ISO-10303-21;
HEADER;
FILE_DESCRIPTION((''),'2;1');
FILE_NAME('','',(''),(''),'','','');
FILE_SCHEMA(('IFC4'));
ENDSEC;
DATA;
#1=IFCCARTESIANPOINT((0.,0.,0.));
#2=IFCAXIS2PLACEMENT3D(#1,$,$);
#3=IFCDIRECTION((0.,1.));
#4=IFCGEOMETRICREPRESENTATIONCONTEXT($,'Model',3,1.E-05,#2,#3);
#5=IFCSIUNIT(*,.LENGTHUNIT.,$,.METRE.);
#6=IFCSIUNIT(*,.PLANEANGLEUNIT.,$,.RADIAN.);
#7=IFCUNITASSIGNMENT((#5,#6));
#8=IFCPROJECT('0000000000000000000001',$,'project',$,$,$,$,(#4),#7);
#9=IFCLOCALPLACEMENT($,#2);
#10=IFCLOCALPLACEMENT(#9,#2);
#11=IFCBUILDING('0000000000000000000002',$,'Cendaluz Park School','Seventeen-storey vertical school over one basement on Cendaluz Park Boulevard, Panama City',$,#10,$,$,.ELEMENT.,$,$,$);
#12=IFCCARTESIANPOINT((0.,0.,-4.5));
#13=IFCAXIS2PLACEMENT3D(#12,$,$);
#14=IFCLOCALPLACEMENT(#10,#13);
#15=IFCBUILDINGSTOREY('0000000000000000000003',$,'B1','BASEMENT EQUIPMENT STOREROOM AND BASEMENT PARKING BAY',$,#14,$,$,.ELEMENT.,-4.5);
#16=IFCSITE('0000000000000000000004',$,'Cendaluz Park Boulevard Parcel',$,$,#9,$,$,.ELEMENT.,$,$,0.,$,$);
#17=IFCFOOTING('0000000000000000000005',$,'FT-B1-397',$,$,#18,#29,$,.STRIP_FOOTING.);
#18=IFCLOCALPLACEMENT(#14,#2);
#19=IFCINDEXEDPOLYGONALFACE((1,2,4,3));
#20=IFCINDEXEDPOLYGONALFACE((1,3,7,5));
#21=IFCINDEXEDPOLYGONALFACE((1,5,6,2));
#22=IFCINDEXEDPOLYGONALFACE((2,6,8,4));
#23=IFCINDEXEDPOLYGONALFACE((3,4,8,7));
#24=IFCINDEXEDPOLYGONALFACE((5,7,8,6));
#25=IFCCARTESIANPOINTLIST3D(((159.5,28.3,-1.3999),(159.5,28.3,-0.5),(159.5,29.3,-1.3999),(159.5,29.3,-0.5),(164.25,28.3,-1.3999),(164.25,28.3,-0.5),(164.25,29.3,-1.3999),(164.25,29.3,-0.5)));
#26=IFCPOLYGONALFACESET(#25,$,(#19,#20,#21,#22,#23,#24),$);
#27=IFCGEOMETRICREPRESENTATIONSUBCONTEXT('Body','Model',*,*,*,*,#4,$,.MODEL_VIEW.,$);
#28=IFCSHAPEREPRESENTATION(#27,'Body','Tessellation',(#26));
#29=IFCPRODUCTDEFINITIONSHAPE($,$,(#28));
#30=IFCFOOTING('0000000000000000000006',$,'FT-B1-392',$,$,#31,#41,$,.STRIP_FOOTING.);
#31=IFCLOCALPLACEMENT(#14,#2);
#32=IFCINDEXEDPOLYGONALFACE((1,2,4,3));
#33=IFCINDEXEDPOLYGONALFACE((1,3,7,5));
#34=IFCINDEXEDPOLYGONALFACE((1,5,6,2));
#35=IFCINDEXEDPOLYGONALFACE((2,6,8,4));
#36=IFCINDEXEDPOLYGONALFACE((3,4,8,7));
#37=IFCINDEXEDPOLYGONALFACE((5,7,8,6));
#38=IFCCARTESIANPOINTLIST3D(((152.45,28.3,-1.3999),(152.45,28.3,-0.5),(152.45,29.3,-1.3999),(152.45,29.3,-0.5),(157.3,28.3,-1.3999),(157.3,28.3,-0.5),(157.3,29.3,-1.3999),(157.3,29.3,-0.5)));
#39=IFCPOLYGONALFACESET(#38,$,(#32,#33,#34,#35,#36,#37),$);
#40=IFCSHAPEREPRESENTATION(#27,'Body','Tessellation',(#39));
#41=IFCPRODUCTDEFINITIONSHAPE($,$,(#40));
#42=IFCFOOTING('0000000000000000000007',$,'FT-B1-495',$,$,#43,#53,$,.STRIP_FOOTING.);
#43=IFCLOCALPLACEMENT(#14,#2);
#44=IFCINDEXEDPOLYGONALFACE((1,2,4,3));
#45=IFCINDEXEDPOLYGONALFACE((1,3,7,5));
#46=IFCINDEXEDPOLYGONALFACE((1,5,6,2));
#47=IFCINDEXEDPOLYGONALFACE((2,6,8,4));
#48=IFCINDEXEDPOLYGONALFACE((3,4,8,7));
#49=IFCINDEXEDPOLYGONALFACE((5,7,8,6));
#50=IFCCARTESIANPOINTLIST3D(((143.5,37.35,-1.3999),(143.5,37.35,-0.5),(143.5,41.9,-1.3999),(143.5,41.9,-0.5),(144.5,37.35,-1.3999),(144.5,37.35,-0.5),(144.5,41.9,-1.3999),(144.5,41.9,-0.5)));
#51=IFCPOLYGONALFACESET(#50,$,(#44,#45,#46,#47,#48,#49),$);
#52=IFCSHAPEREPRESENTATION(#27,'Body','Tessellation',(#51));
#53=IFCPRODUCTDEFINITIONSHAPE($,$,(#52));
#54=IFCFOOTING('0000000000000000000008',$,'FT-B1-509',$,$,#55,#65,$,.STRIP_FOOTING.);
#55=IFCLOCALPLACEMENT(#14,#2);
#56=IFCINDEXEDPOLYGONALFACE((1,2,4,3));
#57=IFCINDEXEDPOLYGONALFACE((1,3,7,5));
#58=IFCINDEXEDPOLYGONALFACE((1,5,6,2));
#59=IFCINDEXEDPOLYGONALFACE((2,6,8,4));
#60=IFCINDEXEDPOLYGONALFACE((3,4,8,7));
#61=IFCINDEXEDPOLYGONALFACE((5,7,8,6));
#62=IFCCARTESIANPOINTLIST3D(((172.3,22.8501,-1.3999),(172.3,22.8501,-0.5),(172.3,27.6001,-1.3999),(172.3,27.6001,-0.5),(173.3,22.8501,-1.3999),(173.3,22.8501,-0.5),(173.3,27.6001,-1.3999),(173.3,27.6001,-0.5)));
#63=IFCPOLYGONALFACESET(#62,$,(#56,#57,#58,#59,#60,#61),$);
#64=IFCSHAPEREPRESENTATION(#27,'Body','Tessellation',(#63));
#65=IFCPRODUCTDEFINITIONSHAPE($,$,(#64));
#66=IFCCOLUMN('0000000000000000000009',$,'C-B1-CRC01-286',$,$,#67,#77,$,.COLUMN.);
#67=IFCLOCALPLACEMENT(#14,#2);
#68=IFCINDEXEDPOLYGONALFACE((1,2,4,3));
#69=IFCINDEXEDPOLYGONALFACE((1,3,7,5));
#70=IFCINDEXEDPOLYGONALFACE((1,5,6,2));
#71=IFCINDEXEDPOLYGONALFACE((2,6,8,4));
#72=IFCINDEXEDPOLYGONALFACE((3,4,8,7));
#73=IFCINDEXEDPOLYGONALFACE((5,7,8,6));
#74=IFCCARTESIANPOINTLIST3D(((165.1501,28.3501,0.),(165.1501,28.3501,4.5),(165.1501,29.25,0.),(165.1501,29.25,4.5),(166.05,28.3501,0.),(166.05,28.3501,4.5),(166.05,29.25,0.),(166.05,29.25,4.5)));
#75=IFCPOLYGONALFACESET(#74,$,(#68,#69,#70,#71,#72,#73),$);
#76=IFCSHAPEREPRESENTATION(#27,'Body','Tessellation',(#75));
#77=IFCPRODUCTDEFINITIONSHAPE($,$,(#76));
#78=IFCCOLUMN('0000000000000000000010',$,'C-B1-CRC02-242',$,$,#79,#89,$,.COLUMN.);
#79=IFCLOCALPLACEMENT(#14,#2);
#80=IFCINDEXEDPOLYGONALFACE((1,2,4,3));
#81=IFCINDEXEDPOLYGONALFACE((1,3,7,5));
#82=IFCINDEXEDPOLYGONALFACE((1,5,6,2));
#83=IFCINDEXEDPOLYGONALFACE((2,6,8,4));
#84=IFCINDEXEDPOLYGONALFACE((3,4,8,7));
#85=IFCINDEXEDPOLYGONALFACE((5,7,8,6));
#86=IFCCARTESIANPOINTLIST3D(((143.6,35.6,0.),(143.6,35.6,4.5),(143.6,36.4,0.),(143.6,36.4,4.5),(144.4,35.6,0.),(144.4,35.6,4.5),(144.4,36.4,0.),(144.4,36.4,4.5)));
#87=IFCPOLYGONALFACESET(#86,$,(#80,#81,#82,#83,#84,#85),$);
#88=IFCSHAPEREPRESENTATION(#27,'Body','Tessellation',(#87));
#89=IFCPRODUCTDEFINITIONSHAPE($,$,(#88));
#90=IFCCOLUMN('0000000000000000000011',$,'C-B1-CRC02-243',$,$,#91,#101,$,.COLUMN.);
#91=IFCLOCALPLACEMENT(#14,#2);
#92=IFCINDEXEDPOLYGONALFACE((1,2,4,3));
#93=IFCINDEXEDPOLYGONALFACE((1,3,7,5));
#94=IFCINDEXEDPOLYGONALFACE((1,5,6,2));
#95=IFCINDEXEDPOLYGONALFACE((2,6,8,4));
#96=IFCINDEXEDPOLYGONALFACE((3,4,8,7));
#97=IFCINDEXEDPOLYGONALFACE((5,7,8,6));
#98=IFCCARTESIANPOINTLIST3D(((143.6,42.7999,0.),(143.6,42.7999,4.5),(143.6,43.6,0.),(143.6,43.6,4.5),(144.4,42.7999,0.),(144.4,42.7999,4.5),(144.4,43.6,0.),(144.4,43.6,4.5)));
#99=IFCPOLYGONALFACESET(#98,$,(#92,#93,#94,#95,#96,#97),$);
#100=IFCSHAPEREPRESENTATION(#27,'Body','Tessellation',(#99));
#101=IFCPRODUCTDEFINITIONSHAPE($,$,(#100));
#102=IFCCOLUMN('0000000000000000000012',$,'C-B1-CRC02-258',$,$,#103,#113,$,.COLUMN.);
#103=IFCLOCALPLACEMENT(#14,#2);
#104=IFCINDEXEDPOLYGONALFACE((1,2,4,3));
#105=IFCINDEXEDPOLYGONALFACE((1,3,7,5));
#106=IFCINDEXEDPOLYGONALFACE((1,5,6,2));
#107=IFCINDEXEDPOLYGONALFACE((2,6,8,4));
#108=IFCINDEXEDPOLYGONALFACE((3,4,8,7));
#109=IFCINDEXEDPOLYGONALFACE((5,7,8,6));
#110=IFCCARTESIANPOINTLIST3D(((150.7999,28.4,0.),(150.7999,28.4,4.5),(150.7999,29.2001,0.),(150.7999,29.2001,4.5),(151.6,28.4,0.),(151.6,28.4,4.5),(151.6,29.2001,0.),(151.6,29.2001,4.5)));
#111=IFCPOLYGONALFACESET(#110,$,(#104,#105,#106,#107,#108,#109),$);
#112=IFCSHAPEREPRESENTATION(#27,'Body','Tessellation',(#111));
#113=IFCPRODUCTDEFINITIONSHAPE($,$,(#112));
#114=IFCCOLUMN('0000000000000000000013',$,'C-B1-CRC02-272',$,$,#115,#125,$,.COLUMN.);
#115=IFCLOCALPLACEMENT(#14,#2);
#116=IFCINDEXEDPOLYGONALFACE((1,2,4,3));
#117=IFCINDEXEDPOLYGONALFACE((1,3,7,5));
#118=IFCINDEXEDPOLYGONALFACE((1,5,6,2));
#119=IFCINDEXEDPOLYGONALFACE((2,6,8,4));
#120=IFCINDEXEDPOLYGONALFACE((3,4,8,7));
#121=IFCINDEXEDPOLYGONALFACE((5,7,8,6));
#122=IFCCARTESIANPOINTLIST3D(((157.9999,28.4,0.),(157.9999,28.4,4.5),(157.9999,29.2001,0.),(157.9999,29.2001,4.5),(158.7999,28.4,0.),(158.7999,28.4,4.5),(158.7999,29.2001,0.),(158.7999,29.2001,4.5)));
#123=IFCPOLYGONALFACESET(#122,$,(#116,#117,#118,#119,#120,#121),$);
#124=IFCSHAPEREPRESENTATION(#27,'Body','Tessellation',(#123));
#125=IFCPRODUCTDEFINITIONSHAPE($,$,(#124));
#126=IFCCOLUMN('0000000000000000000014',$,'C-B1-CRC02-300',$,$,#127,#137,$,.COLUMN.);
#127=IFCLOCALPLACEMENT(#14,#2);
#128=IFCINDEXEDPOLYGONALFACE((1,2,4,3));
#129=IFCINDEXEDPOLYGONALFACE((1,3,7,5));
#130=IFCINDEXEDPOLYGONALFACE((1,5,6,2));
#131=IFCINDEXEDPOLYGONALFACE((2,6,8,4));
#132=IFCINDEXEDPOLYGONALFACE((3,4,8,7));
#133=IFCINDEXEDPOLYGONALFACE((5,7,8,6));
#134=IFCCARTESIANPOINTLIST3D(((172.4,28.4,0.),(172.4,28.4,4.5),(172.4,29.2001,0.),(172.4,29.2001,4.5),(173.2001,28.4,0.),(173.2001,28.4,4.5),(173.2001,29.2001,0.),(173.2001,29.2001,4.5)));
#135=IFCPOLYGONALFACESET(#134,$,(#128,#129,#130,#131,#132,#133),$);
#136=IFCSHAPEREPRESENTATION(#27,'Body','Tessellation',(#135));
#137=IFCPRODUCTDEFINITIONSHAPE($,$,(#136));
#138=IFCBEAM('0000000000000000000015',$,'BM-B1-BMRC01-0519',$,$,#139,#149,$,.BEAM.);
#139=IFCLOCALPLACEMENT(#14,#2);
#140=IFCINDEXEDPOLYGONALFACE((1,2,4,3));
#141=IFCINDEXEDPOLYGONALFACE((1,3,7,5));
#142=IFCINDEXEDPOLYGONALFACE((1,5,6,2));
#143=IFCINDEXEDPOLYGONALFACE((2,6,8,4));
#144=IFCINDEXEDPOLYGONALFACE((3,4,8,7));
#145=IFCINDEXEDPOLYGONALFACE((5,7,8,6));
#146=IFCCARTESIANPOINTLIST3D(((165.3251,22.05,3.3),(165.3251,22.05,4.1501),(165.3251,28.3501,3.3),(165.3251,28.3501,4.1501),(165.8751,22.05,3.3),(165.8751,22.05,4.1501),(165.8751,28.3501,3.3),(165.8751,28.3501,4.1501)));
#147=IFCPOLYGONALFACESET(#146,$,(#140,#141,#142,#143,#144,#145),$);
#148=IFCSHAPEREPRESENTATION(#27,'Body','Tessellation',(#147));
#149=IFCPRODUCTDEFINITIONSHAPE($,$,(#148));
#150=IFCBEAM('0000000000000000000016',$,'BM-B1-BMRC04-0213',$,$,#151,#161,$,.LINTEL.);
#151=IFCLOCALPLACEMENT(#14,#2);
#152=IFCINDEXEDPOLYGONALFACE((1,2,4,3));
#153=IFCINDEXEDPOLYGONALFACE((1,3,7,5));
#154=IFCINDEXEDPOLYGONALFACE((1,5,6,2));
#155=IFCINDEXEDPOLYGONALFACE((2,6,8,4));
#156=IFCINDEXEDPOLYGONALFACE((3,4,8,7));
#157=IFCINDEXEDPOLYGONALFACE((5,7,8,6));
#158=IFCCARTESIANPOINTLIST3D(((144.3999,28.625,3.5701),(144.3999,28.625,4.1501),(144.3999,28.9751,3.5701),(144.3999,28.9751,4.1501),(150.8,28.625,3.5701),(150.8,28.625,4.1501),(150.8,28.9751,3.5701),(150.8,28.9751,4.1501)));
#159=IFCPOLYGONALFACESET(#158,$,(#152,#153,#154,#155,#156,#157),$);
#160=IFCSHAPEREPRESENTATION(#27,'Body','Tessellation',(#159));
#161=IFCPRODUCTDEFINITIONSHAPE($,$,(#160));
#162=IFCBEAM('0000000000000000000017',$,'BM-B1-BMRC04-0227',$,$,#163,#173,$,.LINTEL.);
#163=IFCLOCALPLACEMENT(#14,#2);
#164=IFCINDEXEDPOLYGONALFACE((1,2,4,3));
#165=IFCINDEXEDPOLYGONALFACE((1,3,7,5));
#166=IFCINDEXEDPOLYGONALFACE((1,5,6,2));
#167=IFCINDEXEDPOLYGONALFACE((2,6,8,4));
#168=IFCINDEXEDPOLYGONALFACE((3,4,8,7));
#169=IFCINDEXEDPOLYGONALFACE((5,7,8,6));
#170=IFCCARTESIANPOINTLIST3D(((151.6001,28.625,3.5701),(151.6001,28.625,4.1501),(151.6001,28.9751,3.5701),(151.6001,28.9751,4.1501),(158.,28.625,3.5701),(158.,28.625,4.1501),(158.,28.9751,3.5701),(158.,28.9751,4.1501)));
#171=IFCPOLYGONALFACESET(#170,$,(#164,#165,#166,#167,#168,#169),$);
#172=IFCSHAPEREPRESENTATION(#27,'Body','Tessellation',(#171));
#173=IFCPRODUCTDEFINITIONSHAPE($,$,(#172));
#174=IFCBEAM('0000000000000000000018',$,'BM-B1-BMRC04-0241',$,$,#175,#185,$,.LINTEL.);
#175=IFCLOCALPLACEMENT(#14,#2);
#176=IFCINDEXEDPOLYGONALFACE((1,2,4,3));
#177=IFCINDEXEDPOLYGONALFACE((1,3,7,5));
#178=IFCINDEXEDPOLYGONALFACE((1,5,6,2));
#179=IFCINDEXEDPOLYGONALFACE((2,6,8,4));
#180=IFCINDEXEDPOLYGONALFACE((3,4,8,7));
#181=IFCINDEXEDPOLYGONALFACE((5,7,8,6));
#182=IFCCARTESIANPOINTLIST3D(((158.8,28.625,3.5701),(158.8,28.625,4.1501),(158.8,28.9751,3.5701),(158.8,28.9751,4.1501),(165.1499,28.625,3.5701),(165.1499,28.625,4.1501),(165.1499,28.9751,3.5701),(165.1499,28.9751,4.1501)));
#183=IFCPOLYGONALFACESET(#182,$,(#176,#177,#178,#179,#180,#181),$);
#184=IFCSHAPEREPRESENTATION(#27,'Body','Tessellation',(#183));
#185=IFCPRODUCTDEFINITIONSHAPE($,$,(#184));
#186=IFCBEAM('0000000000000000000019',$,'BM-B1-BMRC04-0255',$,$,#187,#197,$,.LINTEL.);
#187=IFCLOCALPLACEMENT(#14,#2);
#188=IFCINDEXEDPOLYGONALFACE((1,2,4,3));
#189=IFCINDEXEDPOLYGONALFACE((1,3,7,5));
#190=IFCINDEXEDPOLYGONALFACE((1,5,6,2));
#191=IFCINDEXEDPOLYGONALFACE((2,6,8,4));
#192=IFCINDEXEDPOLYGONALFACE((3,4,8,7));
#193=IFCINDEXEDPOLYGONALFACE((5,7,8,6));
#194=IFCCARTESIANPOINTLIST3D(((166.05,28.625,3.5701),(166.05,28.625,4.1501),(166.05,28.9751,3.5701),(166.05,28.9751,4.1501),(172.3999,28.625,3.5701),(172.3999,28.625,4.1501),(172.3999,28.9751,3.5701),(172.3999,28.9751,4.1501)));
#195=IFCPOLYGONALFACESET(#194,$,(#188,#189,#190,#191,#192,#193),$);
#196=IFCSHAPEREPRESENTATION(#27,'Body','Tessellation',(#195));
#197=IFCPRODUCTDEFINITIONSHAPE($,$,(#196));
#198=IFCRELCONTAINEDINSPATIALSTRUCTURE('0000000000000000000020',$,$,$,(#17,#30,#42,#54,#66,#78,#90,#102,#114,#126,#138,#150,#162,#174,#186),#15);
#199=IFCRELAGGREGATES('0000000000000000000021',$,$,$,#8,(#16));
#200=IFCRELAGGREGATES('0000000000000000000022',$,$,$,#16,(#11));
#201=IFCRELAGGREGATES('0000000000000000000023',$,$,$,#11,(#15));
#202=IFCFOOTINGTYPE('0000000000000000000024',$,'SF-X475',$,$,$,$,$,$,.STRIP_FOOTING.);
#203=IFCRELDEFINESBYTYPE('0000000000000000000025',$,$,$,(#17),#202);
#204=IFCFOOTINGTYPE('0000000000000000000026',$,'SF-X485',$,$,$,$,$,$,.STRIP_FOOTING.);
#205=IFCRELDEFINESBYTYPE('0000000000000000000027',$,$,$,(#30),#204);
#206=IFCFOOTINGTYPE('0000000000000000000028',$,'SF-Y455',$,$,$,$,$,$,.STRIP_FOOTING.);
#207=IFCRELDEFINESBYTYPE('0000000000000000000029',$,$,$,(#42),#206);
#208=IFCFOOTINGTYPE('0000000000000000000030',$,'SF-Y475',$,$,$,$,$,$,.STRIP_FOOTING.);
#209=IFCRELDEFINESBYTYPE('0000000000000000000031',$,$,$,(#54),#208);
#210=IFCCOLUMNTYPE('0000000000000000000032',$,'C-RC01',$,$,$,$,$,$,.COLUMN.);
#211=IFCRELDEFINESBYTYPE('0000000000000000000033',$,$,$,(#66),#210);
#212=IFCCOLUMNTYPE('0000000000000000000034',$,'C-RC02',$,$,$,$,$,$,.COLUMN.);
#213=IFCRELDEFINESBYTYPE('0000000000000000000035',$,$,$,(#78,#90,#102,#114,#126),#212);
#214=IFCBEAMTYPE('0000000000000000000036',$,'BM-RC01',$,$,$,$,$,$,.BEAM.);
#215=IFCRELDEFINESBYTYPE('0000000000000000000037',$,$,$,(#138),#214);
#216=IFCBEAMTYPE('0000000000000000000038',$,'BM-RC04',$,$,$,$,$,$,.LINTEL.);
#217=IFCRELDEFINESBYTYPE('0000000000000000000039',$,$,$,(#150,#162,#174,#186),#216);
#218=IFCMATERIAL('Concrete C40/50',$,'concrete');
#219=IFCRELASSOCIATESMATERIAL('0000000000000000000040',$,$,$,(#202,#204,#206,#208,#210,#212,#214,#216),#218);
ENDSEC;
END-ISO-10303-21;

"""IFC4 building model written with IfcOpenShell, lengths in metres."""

from ifc_helpers import new_model, si_unit, direction, frame, origin, origin_2d, place, context, subcontext, project, spatial, rectangle, extrude, material, material_profile, profile_set, type_object, element, save


model = new_model("IFC4")

# Units and contexts
model_context = context("Model", 3, precision=1e-05, world=origin(), true_north=direction((0.0, 1.0)))
body_context = subcontext(model_context, "Body", "Model", "MODEL_VIEW")
ifc_project = project(units=[si_unit("LENGTHUNIT", "METRE"), si_unit("PLANEANGLEUNIT", "RADIAN")], contexts=[model_context])

# Site, building, storey
site_placement = place(None, origin())
site = spatial("IfcSite", under=ifc_project, at=site_placement, Name="Cendaluz Park Boulevard Parcel", CompositionType="ELEMENT", RefElevation=0.0)
building_placement = place(site_placement, origin())
building = spatial("IfcBuilding", under=site, at=building_placement, Name="Cendaluz Park School", Description="Seventeen-storey vertical school over one basement on Cendaluz Park Boulevard, Panama City", CompositionType="ELEMENT")
storey_placement = place(building_placement, frame((0.0, 0.0, -4.5)))
storey = spatial("IfcBuildingStorey", under=building, at=storey_placement, Name="B1", Description="BASEMENT EQUIPMENT STOREROOM AND BASEMENT PARKING BAY", CompositionType="ELEMENT", Elevation=-4.5)

# Shared definitions
ifc_material_1 = material(Name="Concrete C40/50", Category="concrete")

# Footings
footing_type_1 = type_object("IfcFootingType", Name="SF-X475", PredefinedType="STRIP_FOOTING", material=ifc_material_1)
footing_1_placement = place(storey_placement, frame((161.875, 28.8, -1.3999), z_axis=(0.0, 0.0, 1.0), x_axis=(1.0, 0.0, 0.0)))
element("IfcFooting", 1, at=footing_1_placement, inside=storey, type_object=footing_type_1, Name="FT-B1-397", PredefinedType="STRIP_FOOTING", context=body_context, shape_type="SweptSolid", body=[
    extrude(rectangle(XDim=4.75, YDim=1.0, at=origin_2d()), origin(), (0.0, 0.0, 1.0), 0.8999),
])
footing_type_2 = type_object("IfcFootingType", Name="SF-X485", PredefinedType="STRIP_FOOTING", material=ifc_material_1)
footing_2_placement = place(storey_placement, frame((154.875, 28.8, -1.3999), z_axis=(0.0, 0.0, 1.0), x_axis=(1.0, 0.0, 0.0)))
element("IfcFooting", 2, at=footing_2_placement, inside=storey, type_object=footing_type_2, Name="FT-B1-392", PredefinedType="STRIP_FOOTING", context=body_context, shape_type="SweptSolid", body=[
    extrude(rectangle(XDim=4.8501, YDim=1.0, at=origin_2d()), origin(), (0.0, 0.0, 1.0), 0.8999),
])
footing_type_3 = type_object("IfcFootingType", Name="SF-Y455", PredefinedType="STRIP_FOOTING", material=ifc_material_1)
footing_3_placement = place(storey_placement, frame((144.0, 39.625, -1.3999), z_axis=(0.0, 0.0, 1.0), x_axis=(1.0, 0.0, 0.0)))
element("IfcFooting", 3, at=footing_3_placement, inside=storey, type_object=footing_type_3, Name="FT-B1-495", PredefinedType="STRIP_FOOTING", context=body_context, shape_type="SweptSolid", body=[
    extrude(rectangle(XDim=1.0, YDim=4.55, at=origin_2d()), origin(), (0.0, 0.0, 1.0), 0.8999),
])
footing_type_4 = type_object("IfcFootingType", Name="SF-Y475", PredefinedType="STRIP_FOOTING", material=ifc_material_1)
footing_4_placement = place(storey_placement, frame((172.8, 25.2251, -1.3999), z_axis=(0.0, 0.0, 1.0), x_axis=(1.0, 0.0, 0.0)))
element("IfcFooting", 4, at=footing_4_placement, inside=storey, type_object=footing_type_4, Name="FT-B1-509", PredefinedType="STRIP_FOOTING", context=body_context, shape_type="SweptSolid", body=[
    extrude(rectangle(XDim=1.0, YDim=4.75, at=origin_2d()), origin(), (0.0, 0.0, 1.0), 0.8999),
])

# Columns
ifc_material_profile_1 = material_profile(ifc_material_1, rectangle(XDim=0.8999, YDim=0.8999, at=origin_2d()), Name="RC 900x900", Category="concrete")
ifc_profile_set_1 = profile_set([ifc_material_profile_1], Name="Concrete C40/50")
column_type_1 = type_object("IfcColumnType", Name="C-RC01", PredefinedType="COLUMN", material=ifc_profile_set_1)
column_placement = place(storey_placement, frame((165.6001, 28.8, 0.0), z_axis=(0.0, 0.0, 1.0), x_axis=(1.0, 0.0, 0.0)))
element("IfcColumn", 5, at=column_placement, inside=storey, type_object=column_type_1, Name="C-B1-CRC01-286", PredefinedType="COLUMN", context=body_context, shape_type="SweptSolid", body=[
    extrude(rectangle(XDim=0.8999, YDim=0.8999, at=origin_2d()), origin(), (0.0, 0.0, 1.0), 4.5),
])
ifc_material_profile_2 = material_profile(ifc_material_1, rectangle(XDim=0.8, YDim=0.8, at=origin_2d()), Name="RC 800x800", Category="concrete")
ifc_profile_set_2 = profile_set([ifc_material_profile_2], Name="Concrete C40/50")
column_type_2 = type_object("IfcColumnType", Name="C-RC02", PredefinedType="COLUMN", material=ifc_profile_set_2)
for number, where, z_axis, x_axis, name in (
    (6, (144.0, 36.0, 0.0), (0.0, 0.0, 1.0), (1.0, 0.0, 0.0), "C-B1-CRC02-242"),
    (7, (144.0, 43.2, 0.0), (0.0, 0.0, 1.0), (1.0, 0.0, 0.0), "C-B1-CRC02-243"),
    (8, (151.2, 28.8, 0.0), (0.0, 0.0, 1.0), (1.0, 0.0, 0.0), "C-B1-CRC02-258"),
    (9, (158.3999, 28.8, 0.0), (0.0, 0.0, 1.0), (1.0, 0.0, 0.0), "C-B1-CRC02-272"),
    (10, (172.8, 28.8, 0.0), (0.0, 0.0, 1.0), (1.0, 0.0, 0.0), "C-B1-CRC02-300"),
):
    element("IfcColumn", number, at=place(storey_placement, frame(where, z_axis=z_axis, x_axis=x_axis)), inside=storey, type_object=column_type_2, Name=name, PredefinedType="COLUMN", context=body_context, shape_type="SweptSolid", body=[
        extrude(rectangle(XDim=0.8, YDim=0.8, at=origin_2d()), origin(), (0.0, 0.0, 1.0), 4.5),
    ])

# Beams
ifc_material_profile_3 = material_profile(ifc_material_1, rectangle(XDim=0.55, YDim=0.8501, at=origin_2d()), Name="RC 550x850", Category="concrete")
ifc_profile_set_3 = profile_set([ifc_material_profile_3], Name="Concrete C40/50")
beam_type_1 = type_object("IfcBeamType", Name="BM-RC01", PredefinedType="BEAM", material=ifc_profile_set_3)
beam_1_placement = place(storey_placement, frame((165.6001, 22.05, 3.7251), z_axis=(0.0, 1.0, 0.0), x_axis=(-1.0, 0.0, 0.0)))
element("IfcBeam", 11, at=beam_1_placement, inside=storey, type_object=beam_type_1, Name="BM-B1-BMRC01-0519", PredefinedType="BEAM", context=body_context, shape_type="SweptSolid", body=[
    extrude(rectangle(XDim=0.55, YDim=0.8501, at=origin_2d()), origin(), (0.0, 0.0, 1.0), 6.3),
])
ifc_material_profile_4 = material_profile(ifc_material_1, rectangle(XDim=0.3501, YDim=0.5801, at=origin_2d()), Name="RC 350x580", Category="concrete")
ifc_profile_set_4 = profile_set([ifc_material_profile_4], Name="Concrete C40/50")
beam_type_2 = type_object("IfcBeamType", Name="BM-RC04", PredefinedType="LINTEL", material=ifc_profile_set_4)
beam_2_placement = place(storey_placement, frame((144.3999, 28.8, 3.8601), z_axis=(1.0, 0.0, 0.0), x_axis=(0.0, 1.0, 0.0)))
element("IfcBeam", 12, at=beam_2_placement, inside=storey, type_object=beam_type_2, Name="BM-B1-BMRC04-0213", PredefinedType="LINTEL", context=body_context, shape_type="SweptSolid", body=[
    extrude(rectangle(XDim=0.3501, YDim=0.5801, at=origin_2d()), origin(), (0.0, 0.0, 1.0), 6.4001),
])
beam_3_placement = place(storey_placement, frame((151.6001, 28.8, 3.8601), z_axis=(1.0, 0.0, 0.0), x_axis=(0.0, 1.0, 0.0)))
element("IfcBeam", 13, at=beam_3_placement, inside=storey, type_object=beam_type_2, Name="BM-B1-BMRC04-0227", PredefinedType="LINTEL", context=body_context, shape_type="SweptSolid", body=[
    extrude(rectangle(XDim=0.3501, YDim=0.5801, at=origin_2d()), origin(), (0.0, 0.0, 1.0), 6.3999),
])
for number, where, z_axis, x_axis, name in (
    (14, (158.8, 28.8, 3.8601), (1.0, 0.0, 0.0), (0.0, 1.0, 0.0), "BM-B1-BMRC04-0241"),
    (15, (166.05, 28.8, 3.8601), (1.0, 0.0, 0.0), (0.0, 1.0, 0.0), "BM-B1-BMRC04-0255"),
):
    element("IfcBeam", number, at=place(storey_placement, frame(where, z_axis=z_axis, x_axis=x_axis)), inside=storey, type_object=beam_type_2, Name=name, PredefinedType="LINTEL", context=body_context, shape_type="SweptSolid", body=[
        extrude(rectangle(XDim=0.3501, YDim=0.5801, at=origin_2d()), origin(), (0.0, 0.0, 1.0), 6.3499),
    ])

save(model, "model.ifc")
